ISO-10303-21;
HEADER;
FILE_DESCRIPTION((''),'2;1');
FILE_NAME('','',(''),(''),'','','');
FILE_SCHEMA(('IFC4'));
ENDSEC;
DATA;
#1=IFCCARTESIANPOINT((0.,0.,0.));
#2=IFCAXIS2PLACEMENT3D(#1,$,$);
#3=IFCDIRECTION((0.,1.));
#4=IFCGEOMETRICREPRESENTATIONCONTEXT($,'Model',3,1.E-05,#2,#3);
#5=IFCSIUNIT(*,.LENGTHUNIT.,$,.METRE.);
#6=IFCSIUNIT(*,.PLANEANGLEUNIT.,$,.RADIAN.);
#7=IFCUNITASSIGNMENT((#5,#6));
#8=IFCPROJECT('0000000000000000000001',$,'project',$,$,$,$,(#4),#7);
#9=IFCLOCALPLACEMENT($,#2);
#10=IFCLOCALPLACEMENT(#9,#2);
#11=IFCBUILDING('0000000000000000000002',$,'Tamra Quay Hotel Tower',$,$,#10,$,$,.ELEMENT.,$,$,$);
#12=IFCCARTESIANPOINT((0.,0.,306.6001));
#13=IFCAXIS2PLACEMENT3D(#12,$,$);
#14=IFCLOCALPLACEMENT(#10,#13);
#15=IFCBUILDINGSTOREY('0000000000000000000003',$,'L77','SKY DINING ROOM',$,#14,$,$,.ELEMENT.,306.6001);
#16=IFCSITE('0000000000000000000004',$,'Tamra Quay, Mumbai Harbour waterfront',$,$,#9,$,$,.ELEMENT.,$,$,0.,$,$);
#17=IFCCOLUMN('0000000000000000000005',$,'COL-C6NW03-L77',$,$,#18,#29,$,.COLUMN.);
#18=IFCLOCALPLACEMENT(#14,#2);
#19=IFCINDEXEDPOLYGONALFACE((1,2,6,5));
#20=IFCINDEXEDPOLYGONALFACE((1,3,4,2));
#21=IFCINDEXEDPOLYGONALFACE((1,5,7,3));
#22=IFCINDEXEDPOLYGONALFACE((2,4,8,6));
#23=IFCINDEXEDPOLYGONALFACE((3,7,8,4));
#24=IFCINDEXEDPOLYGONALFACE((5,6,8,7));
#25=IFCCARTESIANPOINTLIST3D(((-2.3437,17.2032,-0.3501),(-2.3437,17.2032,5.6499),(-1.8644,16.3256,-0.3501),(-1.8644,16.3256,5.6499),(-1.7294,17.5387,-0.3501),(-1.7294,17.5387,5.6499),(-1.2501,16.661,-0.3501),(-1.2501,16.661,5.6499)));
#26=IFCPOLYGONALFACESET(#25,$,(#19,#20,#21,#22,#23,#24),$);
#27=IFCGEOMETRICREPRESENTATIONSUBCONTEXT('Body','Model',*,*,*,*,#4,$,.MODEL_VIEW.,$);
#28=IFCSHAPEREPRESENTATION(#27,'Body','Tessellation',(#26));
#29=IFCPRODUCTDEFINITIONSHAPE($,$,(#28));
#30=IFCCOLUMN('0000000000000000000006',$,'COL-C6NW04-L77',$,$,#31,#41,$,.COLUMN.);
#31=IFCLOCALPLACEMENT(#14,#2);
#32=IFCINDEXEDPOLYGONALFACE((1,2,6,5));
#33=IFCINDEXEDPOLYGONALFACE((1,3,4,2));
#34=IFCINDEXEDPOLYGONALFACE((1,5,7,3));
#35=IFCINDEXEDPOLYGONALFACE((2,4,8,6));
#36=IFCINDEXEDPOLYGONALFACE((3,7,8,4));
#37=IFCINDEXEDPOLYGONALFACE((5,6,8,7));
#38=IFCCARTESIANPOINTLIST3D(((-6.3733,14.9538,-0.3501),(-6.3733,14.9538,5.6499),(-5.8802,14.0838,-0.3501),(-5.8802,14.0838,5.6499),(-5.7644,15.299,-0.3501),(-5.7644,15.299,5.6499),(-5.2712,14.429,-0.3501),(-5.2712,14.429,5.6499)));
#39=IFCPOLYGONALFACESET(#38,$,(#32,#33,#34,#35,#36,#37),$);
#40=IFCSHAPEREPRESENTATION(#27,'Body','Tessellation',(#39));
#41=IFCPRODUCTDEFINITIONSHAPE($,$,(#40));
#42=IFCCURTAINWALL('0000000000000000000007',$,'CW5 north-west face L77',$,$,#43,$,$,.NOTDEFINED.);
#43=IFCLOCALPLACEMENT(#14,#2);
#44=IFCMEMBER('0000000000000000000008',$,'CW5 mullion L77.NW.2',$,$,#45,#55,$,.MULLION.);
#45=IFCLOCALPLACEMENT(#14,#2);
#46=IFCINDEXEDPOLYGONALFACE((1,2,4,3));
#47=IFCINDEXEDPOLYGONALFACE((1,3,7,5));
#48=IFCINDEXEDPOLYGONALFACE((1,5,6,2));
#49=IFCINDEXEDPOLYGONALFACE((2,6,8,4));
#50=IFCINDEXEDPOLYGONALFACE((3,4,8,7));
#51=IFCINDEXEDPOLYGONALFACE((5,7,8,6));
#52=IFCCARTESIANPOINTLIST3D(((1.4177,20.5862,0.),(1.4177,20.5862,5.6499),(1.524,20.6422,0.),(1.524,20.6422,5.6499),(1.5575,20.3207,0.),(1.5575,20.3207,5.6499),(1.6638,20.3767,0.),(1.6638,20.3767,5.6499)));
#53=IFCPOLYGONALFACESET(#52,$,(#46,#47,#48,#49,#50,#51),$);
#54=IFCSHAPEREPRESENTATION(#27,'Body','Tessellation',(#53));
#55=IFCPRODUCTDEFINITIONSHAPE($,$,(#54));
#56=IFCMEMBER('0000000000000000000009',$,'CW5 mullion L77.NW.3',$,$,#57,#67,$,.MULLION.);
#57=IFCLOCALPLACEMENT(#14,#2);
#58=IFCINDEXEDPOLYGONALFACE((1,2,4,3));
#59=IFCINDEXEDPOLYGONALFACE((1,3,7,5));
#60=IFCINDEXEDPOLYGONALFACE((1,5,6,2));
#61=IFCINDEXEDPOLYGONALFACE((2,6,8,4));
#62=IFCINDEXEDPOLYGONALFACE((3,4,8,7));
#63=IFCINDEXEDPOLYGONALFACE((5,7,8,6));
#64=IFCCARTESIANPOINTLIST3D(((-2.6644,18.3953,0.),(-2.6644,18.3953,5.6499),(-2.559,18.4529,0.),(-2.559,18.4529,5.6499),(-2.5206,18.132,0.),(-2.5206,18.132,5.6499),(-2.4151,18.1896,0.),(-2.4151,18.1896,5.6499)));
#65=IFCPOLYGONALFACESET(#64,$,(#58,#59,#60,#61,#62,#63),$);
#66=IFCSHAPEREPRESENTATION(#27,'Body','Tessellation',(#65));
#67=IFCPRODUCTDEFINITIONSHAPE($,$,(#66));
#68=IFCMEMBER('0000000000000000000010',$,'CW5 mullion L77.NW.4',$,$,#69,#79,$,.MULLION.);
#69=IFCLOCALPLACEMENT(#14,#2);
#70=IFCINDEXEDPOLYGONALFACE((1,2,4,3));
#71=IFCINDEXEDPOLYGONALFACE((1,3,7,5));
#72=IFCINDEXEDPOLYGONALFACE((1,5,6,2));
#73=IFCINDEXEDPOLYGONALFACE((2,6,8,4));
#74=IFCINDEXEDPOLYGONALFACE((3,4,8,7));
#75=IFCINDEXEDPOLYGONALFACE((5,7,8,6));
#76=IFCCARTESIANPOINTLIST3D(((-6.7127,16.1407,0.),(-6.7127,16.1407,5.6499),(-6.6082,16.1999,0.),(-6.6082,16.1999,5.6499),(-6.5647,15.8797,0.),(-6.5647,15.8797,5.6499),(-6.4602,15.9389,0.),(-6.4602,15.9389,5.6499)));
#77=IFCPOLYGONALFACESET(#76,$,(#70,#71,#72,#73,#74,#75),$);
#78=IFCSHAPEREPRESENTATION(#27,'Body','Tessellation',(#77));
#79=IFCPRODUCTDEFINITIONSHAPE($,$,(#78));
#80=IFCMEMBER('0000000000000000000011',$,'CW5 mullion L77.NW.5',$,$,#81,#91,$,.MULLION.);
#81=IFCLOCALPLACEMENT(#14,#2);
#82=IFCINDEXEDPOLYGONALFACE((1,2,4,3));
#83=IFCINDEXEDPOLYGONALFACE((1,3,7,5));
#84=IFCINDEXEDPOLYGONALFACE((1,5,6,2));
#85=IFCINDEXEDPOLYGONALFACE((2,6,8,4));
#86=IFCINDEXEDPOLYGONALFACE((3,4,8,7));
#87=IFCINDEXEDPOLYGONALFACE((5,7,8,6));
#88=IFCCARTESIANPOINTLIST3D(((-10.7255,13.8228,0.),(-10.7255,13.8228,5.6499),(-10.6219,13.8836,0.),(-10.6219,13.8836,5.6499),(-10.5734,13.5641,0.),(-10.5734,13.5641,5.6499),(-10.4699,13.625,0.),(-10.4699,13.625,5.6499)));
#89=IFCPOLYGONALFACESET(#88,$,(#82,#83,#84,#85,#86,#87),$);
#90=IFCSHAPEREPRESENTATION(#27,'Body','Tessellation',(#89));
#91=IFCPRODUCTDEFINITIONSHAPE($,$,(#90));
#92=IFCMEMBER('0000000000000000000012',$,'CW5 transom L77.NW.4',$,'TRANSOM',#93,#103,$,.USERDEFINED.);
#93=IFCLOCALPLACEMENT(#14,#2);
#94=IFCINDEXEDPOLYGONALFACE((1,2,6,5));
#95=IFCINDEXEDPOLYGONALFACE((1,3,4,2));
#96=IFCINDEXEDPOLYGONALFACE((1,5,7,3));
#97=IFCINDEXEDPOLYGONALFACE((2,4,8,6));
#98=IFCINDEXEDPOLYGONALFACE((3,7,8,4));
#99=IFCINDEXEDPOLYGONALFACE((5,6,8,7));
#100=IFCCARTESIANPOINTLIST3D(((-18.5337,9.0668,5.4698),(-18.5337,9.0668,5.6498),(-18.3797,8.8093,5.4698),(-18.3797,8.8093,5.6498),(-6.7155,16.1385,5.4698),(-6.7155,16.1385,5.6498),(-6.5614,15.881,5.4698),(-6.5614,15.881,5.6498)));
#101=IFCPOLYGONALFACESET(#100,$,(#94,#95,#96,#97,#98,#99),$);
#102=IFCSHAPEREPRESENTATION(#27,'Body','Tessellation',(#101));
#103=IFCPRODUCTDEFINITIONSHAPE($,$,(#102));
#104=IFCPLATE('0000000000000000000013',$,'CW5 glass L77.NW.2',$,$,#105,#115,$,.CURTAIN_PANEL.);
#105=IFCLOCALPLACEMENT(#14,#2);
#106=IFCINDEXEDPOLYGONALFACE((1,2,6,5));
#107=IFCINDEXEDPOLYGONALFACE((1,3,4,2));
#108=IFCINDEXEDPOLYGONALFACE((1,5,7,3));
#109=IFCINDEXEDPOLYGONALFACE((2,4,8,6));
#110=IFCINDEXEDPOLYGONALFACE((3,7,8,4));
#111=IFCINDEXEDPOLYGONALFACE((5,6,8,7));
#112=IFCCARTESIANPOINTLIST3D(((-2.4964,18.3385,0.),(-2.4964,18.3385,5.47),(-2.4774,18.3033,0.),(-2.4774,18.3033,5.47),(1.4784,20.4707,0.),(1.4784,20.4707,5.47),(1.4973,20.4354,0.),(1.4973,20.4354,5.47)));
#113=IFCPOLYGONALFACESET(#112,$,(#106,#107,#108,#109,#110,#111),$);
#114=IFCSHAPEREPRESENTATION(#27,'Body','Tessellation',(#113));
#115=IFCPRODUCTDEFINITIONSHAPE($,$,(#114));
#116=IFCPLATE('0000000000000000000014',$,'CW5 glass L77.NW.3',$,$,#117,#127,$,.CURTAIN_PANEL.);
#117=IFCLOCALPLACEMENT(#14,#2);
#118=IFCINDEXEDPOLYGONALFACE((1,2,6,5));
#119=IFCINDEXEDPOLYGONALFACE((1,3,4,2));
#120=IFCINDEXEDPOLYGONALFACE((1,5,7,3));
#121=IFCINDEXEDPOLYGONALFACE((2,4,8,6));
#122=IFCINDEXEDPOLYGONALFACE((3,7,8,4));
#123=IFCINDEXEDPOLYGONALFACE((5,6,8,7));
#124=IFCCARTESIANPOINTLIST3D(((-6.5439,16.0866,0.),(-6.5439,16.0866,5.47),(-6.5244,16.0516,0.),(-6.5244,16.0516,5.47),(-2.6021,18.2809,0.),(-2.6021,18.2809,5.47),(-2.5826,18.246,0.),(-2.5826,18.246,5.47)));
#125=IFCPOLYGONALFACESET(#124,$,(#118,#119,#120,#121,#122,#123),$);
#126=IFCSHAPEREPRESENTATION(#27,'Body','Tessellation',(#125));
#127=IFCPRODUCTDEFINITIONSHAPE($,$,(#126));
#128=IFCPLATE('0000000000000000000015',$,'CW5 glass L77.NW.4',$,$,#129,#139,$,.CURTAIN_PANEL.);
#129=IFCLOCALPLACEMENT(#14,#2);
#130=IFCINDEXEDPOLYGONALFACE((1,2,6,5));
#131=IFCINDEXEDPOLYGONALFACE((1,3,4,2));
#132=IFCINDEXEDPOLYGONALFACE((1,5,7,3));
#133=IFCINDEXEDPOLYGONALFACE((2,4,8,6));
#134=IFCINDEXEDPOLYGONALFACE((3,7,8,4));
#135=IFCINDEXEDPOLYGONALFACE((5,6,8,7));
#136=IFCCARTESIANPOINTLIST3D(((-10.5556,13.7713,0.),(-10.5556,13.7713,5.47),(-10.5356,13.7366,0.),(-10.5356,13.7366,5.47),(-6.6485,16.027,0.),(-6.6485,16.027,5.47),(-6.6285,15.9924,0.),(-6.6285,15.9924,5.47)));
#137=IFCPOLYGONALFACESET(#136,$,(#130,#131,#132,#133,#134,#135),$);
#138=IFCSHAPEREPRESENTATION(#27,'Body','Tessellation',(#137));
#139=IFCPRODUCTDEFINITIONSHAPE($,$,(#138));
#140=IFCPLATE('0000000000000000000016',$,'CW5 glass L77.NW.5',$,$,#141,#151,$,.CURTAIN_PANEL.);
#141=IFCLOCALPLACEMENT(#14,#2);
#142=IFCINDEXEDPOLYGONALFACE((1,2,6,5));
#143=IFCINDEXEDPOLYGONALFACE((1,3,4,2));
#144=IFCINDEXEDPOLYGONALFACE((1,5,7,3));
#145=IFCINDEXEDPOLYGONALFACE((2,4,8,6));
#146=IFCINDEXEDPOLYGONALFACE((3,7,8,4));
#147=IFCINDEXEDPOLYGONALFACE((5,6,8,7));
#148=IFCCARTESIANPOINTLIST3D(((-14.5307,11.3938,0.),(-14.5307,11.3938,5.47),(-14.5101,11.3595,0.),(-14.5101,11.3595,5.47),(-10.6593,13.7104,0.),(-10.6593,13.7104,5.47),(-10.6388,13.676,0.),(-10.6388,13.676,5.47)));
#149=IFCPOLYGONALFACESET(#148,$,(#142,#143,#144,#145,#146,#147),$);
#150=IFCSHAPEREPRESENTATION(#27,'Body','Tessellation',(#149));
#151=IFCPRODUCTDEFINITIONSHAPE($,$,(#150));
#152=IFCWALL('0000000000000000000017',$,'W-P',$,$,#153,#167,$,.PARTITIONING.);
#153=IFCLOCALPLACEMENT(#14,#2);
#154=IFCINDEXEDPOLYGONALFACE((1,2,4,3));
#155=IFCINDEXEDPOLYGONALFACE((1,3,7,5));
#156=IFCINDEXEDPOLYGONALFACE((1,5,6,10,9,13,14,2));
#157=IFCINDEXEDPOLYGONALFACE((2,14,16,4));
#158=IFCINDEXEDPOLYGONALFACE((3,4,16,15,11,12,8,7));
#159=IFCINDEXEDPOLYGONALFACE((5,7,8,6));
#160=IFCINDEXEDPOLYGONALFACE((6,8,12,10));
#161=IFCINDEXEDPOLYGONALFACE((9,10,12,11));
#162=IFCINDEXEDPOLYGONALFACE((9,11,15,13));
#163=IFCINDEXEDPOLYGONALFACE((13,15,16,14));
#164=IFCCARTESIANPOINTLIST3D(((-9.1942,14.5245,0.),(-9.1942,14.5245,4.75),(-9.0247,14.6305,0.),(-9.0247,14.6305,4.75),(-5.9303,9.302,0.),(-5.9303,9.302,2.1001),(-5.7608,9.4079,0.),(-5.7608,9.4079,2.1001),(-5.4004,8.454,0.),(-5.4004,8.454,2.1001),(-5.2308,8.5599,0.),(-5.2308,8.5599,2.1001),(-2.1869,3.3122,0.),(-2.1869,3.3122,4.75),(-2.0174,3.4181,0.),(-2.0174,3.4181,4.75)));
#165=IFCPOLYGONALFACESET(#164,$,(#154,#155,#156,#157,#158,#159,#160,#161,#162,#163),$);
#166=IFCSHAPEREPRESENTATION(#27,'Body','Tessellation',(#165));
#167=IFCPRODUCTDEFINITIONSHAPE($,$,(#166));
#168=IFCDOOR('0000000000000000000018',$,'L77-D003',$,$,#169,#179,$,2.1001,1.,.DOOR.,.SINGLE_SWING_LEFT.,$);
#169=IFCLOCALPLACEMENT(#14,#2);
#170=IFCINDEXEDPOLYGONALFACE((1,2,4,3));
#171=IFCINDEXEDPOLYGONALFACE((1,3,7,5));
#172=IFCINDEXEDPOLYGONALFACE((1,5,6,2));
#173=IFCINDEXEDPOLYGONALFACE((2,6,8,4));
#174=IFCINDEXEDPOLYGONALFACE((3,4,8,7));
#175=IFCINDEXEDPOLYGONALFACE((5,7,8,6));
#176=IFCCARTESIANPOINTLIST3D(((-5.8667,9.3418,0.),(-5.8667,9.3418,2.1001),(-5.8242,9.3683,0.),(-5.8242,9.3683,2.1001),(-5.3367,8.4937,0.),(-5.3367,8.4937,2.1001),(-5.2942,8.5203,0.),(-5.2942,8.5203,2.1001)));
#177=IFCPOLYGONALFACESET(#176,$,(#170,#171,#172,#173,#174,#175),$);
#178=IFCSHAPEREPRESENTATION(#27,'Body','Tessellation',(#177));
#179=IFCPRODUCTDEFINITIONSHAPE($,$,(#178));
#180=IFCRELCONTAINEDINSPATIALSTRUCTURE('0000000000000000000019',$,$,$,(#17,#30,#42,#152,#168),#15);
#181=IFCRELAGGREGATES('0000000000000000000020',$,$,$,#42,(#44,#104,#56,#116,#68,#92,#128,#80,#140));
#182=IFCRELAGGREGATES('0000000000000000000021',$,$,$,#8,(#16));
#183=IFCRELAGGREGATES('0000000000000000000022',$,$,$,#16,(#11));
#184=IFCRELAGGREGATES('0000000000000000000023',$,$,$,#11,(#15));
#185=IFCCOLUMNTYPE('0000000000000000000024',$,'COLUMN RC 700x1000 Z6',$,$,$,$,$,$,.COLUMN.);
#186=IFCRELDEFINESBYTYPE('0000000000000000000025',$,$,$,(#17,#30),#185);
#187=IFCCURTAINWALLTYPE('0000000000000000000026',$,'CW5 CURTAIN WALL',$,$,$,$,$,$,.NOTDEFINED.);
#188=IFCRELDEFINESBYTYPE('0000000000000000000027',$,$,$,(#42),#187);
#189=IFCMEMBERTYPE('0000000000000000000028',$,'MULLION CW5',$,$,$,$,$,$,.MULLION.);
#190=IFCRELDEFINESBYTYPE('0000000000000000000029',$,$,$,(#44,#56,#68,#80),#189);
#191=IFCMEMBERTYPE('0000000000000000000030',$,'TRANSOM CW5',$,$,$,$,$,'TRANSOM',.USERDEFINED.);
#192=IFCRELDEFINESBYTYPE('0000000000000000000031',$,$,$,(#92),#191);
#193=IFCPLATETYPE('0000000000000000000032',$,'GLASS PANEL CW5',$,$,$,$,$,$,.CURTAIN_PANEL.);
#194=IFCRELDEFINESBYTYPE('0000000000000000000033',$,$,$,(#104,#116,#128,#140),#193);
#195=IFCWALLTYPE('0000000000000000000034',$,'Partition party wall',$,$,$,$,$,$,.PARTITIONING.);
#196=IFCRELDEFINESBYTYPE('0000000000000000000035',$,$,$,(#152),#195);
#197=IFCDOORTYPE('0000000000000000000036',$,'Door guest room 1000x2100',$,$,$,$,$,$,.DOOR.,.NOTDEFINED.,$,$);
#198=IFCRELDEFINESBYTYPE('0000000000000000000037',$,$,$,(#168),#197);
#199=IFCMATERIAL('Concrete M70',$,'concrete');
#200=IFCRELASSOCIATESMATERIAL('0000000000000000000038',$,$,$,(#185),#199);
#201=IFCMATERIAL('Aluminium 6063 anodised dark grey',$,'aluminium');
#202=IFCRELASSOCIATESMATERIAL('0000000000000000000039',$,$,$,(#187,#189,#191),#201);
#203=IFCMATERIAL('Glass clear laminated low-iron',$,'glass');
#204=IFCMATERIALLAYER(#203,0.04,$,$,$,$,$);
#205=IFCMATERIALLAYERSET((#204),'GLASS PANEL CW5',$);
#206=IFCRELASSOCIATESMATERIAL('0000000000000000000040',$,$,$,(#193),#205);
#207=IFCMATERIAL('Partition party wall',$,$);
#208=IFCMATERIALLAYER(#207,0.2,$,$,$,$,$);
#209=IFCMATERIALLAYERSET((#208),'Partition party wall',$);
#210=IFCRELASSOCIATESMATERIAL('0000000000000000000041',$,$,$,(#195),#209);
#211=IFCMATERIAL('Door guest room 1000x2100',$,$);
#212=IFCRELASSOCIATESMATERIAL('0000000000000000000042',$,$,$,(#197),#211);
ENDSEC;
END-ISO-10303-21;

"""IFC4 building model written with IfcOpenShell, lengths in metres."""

from ifc_helpers import new_model, si_unit, direction, frame, frame_2d, origin, origin_2d, place, context, subcontext, project, spatial, rectangle, extrude, material, layer, layer_set, material_profile, profile_set, type_object, element, fill, aggregate, save


model = new_model("IFC4")

# Units and contexts
model_context = context("Model", 3, precision=1e-05, world=origin(), true_north=direction((0.0, 1.0)))
body_context = subcontext(model_context, "Body", "Model", "MODEL_VIEW")
ifc_project = project(units=[si_unit("LENGTHUNIT", "METRE"), si_unit("PLANEANGLEUNIT", "RADIAN")], contexts=[model_context])

# Site, building, storey
site_placement = place(None, origin())
site = spatial("IfcSite", under=ifc_project, at=site_placement, Name="Tamra Quay, Mumbai Harbour waterfront", CompositionType="ELEMENT", RefElevation=0.0)
building_placement = place(site_placement, origin())
building = spatial("IfcBuilding", under=site, at=building_placement, Name="Tamra Quay Hotel Tower", CompositionType="ELEMENT")
storey_placement = place(building_placement, frame((0.0, 0.0, 306.6001)))
storey = spatial("IfcBuildingStorey", under=building, at=storey_placement, Name="L77", Description="SKY DINING ROOM", CompositionType="ELEMENT", Elevation=306.6001)

# Columns
ifc_material_1 = material(Name="Concrete M70", Category="concrete")
ifc_material_profile_1 = material_profile(ifc_material_1, rectangle(XDim=1.0, YDim=0.7, at=origin_2d()), Name="COLUMN RC 700x1000 Z6")
ifc_profile_set_1 = profile_set([ifc_material_profile_1], Name="Concrete M70")
column_type = type_object("IfcColumnType", Name="COLUMN RC 700x1000 Z6", PredefinedType="COLUMN", material=ifc_profile_set_1)
for number, where, z_axis, x_axis, name in (
    (1, (-1.7969, 16.9321, -0.3501), (0.0, 0.0, 1.0), (-0.479288, 0.877658, 0.0), "COL-C6NW03-L77"),
    (2, (-5.8223, 14.6914, -0.3501), (0.0, 0.0, 1.0), (-0.493125, 0.869958, 0.0), "COL-C6NW04-L77"),
):
    element("IfcColumn", number, at=place(storey_placement, frame(where, z_axis=z_axis, x_axis=x_axis)), inside=storey, type_object=column_type, Name=name, PredefinedType="COLUMN", context=body_context, shape_type="SweptSolid", body=[
        extrude(rectangle(XDim=1.0, YDim=0.7, at=origin_2d()), origin(), (0.0, 0.0, 1.0), 6.0),
    ])

# Curtain wall, members, plates
ifc_material_2 = material(Name="Aluminium 6063 anodised dark grey", Category="aluminium")
curtain_wall_type = type_object("IfcCurtainWallType", Name="CW5 CURTAIN WALL", PredefinedType="NOTDEFINED", material=ifc_material_2)
curtain_wall_placement = place(storey_placement, origin())
curtain_wall = element("IfcCurtainWall", 3, at=curtain_wall_placement, inside=storey, type_object=curtain_wall_type, Name="CW5 north-west face L77", PredefinedType="NOTDEFINED")
ifc_material_profile_2 = material_profile(ifc_material_2, rectangle(XDim=0.3, YDim=0.1201, at=origin_2d()), Name="MULLION 120X300")
ifc_profile_set_2 = profile_set([ifc_material_profile_2], Name="Aluminium 6063 anodised dark grey")
member_type_1 = type_object("IfcMemberType", Name="MULLION CW5", PredefinedType="MULLION", material=ifc_profile_set_2)
member_1_placement = place(storey_placement, frame((1.5408, 20.4814, 0.0), z_axis=(0.0, 0.0, 1.0), x_axis=(-0.465816, 0.884882, 0.0)))
member_1 = element("IfcMember", 4, at=member_1_placement, type_object=member_type_1, Name="CW5 mullion L77.NW.2", PredefinedType="MULLION", context=body_context, shape_type="SweptSolid", body=[
    extrude(rectangle(XDim=0.3, YDim=0.1201, at=origin_2d()), origin(), (0.0, 0.0, 1.0), 5.6499),
])
member_2_placement = place(storey_placement, frame((-2.5398, 18.2925, 0.0), z_axis=(0.0, 0.0, 1.0), x_axis=(-0.479565, 0.877506, 0.0)))
member_2 = element("IfcMember", 5, at=member_2_placement, type_object=member_type_1, Name="CW5 mullion L77.NW.3", PredefinedType="MULLION", context=body_context, shape_type="SweptSolid", body=[
    extrude(rectangle(XDim=0.3, YDim=0.1201, at=origin_2d()), origin(), (0.0, 0.0, 1.0), 5.6499),
])
member_3_placement = place(storey_placement, frame((-6.5864, 16.0398, 0.0), z_axis=(0.0, 0.0, 1.0), x_axis=(-0.493216, 0.869907, 0.0)))
member_3 = element("IfcMember", 6, at=member_3_placement, type_object=member_type_1, Name="CW5 mullion L77.NW.4", PredefinedType="MULLION", context=body_context, shape_type="SweptSolid", body=[
    extrude(rectangle(XDim=0.3, YDim=0.1201, at=origin_2d()), origin(), (0.0, 0.0, 1.0), 5.6499),
])
member_4_placement = place(storey_placement, frame((-10.5977, 13.7239, 0.0), z_axis=(0.0, 0.0, 1.0), x_axis=(-0.506754, 0.862091, 0.0)))
member_4 = element("IfcMember", 7, at=member_4_placement, type_object=member_type_1, Name="CW5 mullion L77.NW.5", PredefinedType="MULLION", context=body_context, shape_type="SweptSolid", body=[
    extrude(rectangle(XDim=0.3, YDim=0.1201, at=origin_2d()), origin(), (0.0, 0.0, 1.0), 5.6499),
])
ifc_material_profile_3 = material_profile(ifc_material_2, rectangle(XDim=0.3, YDim=0.1799, at=origin_2d()), Name="TRANSOM 300X180")
ifc_profile_set_3 = profile_set([ifc_material_profile_3], Name="Aluminium 6063 anodised dark grey")
member_type_2 = type_object("IfcMemberType", Name="TRANSOM CW5", ElementType="TRANSOM", PredefinedType="USERDEFINED", material=ifc_profile_set_3)
member_5_placement = place(storey_placement, frame((-6.6384, 16.0098, 5.5598), z_axis=(-0.858109, -0.513468, 0.0), x_axis=(0.513468, -0.858109, 0.0)))
member_5 = element("IfcMember", 8, at=member_5_placement, type_object=member_type_2, Name="CW5 transom L77.NW.4", ObjectType="TRANSOM", PredefinedType="USERDEFINED", context=body_context, shape_type="SweptSolid", body=[
    extrude(rectangle(XDim=0.3, YDim=0.1799, at=origin_2d()), origin(), (0.0, 0.0, 1.0), 13.7725),
])
ifc_material_3 = material(Name="Glass clear laminated low-iron", Category="glass")
ifc_layer_1 = layer(ifc_material_3, 0.04)
ifc_layer_set_1 = layer_set([ifc_layer_1], Name="GLASS PANEL CW5")
plate_type = type_object("IfcPlateType", Name="GLASS PANEL CW5", PredefinedType="CURTAIN_PANEL", material=ifc_layer_set_1)
plate_1_placement = place(storey_placement, frame((-0.4995, 19.387, 0.0), z_axis=(0.0, 0.0, 1.0), x_axis=(-0.881224, -0.4727, 0.0)))
plate_1 = element("IfcPlate", 9, at=plate_1_placement, type_object=plate_type, Name="CW5 glass L77.NW.2", PredefinedType="CURTAIN_PANEL", context=body_context, shape_type="SweptSolid", body=[
    extrude(rectangle(XDim=4.5105, YDim=0.04, at=origin_2d()), origin(), (0.0, 0.0, 1.0), 5.47),
])
plate_2_placement = place(storey_placement, frame((-4.5632, 17.1663, 0.0), z_axis=(0.0, 0.0, 1.0), x_axis=(-0.873736, -0.486401, 0.0)))
plate_2 = element("IfcPlate", 10, at=plate_2_placement, type_object=plate_type, Name="CW5 glass L77.NW.3", PredefinedType="CURTAIN_PANEL", context=body_context, shape_type="SweptSolid", body=[
    extrude(rectangle(XDim=4.5115, YDim=0.04, at=origin_2d()), origin(), (0.0, 0.0, 1.0), 5.47),
])
plate_3_placement = place(storey_placement, frame((-8.592, 14.8818, 0.0), z_axis=(0.0, 0.0, 1.0), x_axis=(-0.866025, -0.5, 0.0)))
plate_3 = element("IfcPlate", 11, at=plate_3_placement, type_object=plate_type, Name="CW5 glass L77.NW.4", PredefinedType="CURTAIN_PANEL", context=body_context, shape_type="SweptSolid", body=[
    extrude(rectangle(XDim=4.5115, YDim=0.04, at=origin_2d()), origin(), (0.0, 0.0, 1.0), 5.47),
])
plate_4_placement = place(storey_placement, frame((-12.5847, 12.5349, 0.0), z_axis=(0.0, 0.0, 1.0), x_axis=(-0.858103, -0.513477, 0.0)))
plate_4 = element("IfcPlate", 12, at=plate_4_placement, type_object=plate_type, Name="CW5 glass L77.NW.5", PredefinedType="CURTAIN_PANEL", context=body_context, shape_type="SweptSolid", body=[
    extrude(rectangle(XDim=4.5115, YDim=0.04, at=origin_2d()), origin(), (0.0, 0.0, 1.0), 5.47),
])
aggregate(curtain_wall, [member_1, plate_1, member_2, plate_2, member_3, member_5, plate_3, member_4, plate_4])

# Wall, opening, door
ifc_material_4 = material(Name="Partition party wall")
ifc_layer_2 = layer(ifc_material_4, 0.2)
ifc_layer_set_2 = layer_set([ifc_layer_2], Name="Partition party wall")
wall_type = type_object("IfcWallType", Name="Partition party wall", PredefinedType="PARTITIONING", material=ifc_layer_set_2)
wall_1_placement = place(storey_placement, frame((-9.1094, 14.5774, 0.0), z_axis=(0.0, 0.0, 1.0), x_axis=(0.529976, -0.848013, 0.0)))
wall_1 = element("IfcWall", 13, at=wall_1_placement, inside=storey, type_object=wall_type, Name="W-P", PredefinedType="PARTITIONING", context=body_context, shape_type="SweptSolid", body=[
    extrude(rectangle(XDim=13.2219, YDim=0.2, at=frame_2d((6.6108, 0.0))), origin(), (0.0, 0.0, 1.0), 4.75),
])
opening_1_placement = place(wall_1_placement, frame((6.1584, 0.0, 0.0)))
opening_1 = element("IfcOpeningElement", 14, at=opening_1_placement, cuts=wall_1, PredefinedType="OPENING", context=body_context, shape_type="SweptSolid", body=[
    extrude(rectangle(XDim=1.0, YDim=2.1001, at=frame_2d((0.5, 1.05))), frame((0.0, 0.1099, 0.0), z_axis=(0.0, -1.0, 0.0), x_axis=(1.0, 0.0, 0.0)), (0.0, 0.0, 1.0), 0.22),
])
ifc_material_5 = material(Name="Door guest room 1000x2100")
door_type = type_object("IfcDoorType", Name="Door guest room 1000x2100", OperationType="NOTDEFINED", PredefinedType="DOOR", material=ifc_material_5)
door_1_placement = place(opening_1_placement, frame((1.0, 0.0, 0.0), z_axis=(0.0, 0.0, 1.0), x_axis=(-1.0, 0.0, 0.0)))
door_1 = element("IfcDoor", 15, at=door_1_placement, inside=storey, type_object=door_type, Name="L77-D003", OperationType="SINGLE_SWING_LEFT", OverallHeight=2.1001, OverallWidth=1.0, PredefinedType="DOOR", context=body_context, shape_type="SweptSolid", body=[
    extrude(rectangle(XDim=1.0, YDim=2.1001, at=frame_2d((0.5, 1.05))), frame((0.0, 0.0249, 0.0), z_axis=(0.0, -1.0, 0.0), x_axis=(1.0, 0.0, 0.0)), (0.0, 0.0, 1.0), 0.05),
])
fill(opening_1, door_1)

save(model, "model.ifc")
